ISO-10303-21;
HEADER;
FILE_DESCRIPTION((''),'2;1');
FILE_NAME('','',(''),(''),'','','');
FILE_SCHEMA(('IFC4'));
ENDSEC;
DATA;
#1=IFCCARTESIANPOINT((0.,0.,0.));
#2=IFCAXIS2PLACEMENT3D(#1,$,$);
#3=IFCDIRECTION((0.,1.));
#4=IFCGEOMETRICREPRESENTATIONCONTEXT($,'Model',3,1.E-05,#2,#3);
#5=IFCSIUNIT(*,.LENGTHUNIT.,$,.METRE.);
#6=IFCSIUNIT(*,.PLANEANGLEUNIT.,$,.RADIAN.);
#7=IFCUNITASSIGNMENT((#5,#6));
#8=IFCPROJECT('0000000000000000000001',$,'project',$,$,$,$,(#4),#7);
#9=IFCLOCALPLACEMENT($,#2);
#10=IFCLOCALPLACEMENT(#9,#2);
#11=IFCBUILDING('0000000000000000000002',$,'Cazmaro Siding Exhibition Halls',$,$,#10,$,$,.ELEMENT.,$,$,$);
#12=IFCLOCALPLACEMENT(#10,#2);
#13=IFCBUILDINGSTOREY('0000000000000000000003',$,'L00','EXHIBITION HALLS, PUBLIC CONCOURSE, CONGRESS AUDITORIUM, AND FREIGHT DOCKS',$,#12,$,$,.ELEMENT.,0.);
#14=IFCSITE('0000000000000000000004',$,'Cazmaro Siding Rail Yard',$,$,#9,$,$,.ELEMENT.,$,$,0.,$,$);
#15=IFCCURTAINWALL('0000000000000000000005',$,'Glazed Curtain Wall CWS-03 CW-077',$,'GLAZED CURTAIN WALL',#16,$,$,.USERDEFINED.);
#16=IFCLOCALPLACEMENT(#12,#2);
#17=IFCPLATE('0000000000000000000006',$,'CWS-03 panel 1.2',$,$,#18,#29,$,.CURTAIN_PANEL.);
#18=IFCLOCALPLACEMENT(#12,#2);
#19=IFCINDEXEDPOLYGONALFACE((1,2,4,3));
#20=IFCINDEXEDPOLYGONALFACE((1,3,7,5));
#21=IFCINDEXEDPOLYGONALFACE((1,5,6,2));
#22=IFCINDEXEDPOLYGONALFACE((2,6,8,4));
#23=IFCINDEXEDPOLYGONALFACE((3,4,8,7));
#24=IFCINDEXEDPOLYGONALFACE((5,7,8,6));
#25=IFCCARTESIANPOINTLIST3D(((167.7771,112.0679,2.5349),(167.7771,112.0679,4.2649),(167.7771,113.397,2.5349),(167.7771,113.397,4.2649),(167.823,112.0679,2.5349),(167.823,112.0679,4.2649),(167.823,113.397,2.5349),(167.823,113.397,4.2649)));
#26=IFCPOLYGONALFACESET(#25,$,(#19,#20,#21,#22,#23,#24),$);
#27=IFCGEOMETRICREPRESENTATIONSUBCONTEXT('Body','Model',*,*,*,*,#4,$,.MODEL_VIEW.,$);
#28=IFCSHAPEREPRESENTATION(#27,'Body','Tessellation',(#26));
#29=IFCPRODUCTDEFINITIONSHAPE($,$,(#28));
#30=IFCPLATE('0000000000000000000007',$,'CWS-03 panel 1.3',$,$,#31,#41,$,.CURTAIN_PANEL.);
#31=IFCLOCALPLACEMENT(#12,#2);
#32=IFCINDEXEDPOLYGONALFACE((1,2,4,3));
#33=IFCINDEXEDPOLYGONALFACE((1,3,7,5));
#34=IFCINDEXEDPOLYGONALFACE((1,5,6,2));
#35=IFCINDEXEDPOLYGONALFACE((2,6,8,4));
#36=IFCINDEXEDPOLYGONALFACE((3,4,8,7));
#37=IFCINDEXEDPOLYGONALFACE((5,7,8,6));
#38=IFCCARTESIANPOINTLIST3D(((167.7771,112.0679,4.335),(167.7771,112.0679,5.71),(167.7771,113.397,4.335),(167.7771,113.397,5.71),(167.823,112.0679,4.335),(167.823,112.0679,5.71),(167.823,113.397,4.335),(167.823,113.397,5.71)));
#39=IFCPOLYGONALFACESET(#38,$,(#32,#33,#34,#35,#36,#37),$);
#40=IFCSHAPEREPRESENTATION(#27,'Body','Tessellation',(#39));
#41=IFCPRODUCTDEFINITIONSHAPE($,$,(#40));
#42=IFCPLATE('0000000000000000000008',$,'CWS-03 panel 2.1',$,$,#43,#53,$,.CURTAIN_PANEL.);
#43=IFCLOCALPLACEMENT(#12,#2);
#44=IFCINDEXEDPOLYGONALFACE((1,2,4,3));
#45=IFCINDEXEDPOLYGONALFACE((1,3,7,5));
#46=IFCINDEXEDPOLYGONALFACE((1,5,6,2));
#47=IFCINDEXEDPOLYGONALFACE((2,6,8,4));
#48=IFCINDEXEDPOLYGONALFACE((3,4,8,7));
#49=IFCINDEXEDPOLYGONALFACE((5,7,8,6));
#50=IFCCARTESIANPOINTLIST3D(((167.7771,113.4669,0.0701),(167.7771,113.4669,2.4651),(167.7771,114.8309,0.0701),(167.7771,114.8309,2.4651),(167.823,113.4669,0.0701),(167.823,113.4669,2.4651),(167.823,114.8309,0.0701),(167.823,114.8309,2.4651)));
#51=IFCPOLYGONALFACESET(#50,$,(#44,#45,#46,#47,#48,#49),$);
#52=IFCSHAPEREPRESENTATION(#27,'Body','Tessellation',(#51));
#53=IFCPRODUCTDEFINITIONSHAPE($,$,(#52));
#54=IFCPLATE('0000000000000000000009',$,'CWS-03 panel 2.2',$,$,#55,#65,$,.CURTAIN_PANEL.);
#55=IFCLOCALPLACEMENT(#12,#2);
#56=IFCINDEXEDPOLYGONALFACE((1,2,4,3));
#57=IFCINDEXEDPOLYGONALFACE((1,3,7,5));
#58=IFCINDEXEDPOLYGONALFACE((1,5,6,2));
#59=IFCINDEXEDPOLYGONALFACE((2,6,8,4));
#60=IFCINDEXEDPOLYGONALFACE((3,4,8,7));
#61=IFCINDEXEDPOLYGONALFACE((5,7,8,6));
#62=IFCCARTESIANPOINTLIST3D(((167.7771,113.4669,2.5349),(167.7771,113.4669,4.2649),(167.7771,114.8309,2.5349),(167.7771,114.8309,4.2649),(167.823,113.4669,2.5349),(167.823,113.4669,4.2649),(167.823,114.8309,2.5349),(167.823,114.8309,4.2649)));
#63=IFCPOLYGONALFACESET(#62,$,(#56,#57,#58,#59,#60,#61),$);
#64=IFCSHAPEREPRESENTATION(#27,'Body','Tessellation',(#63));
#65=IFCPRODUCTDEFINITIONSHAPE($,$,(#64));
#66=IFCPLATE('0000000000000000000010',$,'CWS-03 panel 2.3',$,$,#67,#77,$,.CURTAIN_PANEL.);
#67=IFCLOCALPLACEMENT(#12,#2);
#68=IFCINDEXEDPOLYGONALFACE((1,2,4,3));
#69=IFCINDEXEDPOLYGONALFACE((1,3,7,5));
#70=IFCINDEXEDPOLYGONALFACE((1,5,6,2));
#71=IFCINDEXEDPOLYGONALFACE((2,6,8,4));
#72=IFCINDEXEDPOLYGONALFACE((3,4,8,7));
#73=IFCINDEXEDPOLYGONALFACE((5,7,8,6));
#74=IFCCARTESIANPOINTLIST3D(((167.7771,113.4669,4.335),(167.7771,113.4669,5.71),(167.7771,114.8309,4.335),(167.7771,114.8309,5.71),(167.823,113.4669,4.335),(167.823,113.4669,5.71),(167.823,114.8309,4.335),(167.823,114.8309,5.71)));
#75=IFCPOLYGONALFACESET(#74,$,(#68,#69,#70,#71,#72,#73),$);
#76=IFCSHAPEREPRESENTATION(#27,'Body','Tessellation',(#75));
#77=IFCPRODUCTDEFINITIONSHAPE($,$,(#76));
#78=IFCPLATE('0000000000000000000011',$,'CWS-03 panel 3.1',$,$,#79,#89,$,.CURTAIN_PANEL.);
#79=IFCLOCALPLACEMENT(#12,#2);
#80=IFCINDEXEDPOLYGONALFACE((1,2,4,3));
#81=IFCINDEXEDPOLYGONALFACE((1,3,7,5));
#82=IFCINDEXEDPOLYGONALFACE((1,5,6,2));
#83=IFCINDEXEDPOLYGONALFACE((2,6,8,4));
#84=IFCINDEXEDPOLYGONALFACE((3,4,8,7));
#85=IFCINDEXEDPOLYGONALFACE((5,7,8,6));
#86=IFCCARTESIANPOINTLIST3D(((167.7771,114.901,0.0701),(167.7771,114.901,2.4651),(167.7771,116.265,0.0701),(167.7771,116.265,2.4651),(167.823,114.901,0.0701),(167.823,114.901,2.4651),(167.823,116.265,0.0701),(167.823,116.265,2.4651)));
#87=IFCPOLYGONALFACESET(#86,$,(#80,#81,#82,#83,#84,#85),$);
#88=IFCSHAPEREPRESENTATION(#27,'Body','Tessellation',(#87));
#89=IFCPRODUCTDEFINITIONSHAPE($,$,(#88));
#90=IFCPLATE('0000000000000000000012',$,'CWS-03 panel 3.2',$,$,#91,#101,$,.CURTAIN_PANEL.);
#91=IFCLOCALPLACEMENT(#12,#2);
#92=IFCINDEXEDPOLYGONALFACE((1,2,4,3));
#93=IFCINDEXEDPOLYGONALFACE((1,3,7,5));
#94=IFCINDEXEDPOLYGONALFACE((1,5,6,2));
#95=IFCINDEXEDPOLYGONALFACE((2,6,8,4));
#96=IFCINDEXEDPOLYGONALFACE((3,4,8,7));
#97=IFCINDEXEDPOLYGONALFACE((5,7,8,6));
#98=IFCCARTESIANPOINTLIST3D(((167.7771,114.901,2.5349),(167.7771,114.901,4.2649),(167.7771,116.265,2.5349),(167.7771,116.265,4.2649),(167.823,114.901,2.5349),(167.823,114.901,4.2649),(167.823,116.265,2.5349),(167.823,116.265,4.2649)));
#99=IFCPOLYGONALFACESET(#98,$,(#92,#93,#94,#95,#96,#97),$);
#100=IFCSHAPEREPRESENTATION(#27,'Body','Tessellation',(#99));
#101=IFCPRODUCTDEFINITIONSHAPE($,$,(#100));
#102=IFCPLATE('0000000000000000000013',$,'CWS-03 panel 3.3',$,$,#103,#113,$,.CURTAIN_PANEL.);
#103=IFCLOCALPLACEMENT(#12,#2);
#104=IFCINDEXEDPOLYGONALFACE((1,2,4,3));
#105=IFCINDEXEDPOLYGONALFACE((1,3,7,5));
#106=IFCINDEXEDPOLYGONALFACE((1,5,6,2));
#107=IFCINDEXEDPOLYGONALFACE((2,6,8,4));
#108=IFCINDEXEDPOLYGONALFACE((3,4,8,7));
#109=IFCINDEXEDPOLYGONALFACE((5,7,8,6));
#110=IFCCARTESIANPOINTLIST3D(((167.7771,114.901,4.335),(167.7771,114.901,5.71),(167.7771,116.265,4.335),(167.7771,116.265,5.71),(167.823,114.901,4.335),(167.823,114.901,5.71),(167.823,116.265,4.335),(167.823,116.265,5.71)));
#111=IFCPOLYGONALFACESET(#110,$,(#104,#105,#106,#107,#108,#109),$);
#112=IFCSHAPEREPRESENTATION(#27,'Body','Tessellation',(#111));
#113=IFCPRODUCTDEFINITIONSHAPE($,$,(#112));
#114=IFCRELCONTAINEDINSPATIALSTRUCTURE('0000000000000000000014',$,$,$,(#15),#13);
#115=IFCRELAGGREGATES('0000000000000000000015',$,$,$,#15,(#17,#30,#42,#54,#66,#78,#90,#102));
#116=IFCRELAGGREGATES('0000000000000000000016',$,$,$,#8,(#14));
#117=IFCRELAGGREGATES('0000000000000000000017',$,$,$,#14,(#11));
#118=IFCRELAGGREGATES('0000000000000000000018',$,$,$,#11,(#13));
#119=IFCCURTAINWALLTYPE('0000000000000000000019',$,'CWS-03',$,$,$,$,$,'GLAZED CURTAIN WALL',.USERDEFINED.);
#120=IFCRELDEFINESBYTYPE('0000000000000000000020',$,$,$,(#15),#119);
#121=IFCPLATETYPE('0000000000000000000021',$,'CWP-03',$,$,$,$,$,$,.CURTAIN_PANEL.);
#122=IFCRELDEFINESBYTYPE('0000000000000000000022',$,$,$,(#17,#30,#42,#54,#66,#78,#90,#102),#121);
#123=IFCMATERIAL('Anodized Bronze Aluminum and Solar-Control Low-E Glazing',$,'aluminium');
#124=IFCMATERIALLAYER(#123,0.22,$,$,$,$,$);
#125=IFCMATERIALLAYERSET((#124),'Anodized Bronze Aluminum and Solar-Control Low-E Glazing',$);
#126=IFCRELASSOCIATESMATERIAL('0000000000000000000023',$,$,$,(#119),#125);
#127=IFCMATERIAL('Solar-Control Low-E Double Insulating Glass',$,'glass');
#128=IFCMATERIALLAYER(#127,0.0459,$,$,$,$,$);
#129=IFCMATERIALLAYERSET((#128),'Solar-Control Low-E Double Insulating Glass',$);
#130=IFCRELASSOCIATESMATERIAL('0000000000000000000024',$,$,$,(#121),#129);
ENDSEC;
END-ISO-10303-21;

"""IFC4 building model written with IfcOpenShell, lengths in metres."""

from ifc_helpers import new_model, si_unit, direction, frame, origin, origin_2d, place, context, subcontext, project, spatial, rectangle, extrude, material, layer, layer_set, type_object, element, aggregate, save


model = new_model("IFC4")

# Units and contexts
model_context = context("Model", 3, precision=1e-05, world=origin(), true_north=direction((0.0, 1.0)))
body_context = subcontext(model_context, "Body", "Model", "MODEL_VIEW")
ifc_project = project(units=[si_unit("LENGTHUNIT", "METRE"), si_unit("PLANEANGLEUNIT", "RADIAN")], contexts=[model_context])

# Site, building, storey
site_placement = place(None, origin())
site = spatial("IfcSite", under=ifc_project, at=site_placement, Name="Cazmaro Siding Rail Yard", CompositionType="ELEMENT", RefElevation=0.0)
building_placement = place(site_placement, origin())
building = spatial("IfcBuilding", under=site, at=building_placement, Name="Cazmaro Siding Exhibition Halls", CompositionType="ELEMENT")
storey_placement = place(building_placement, origin())
storey = spatial("IfcBuildingStorey", under=building, at=storey_placement, Name="L00", Description="EXHIBITION HALLS, PUBLIC CONCOURSE, CONGRESS AUDITORIUM, AND FREIGHT DOCKS", CompositionType="ELEMENT", Elevation=0.0)

# Shared definitions
ifc_material_1 = material(Name="Anodized Bronze Aluminum and Solar-Control Low-E Glazing", Category="aluminium")
ifc_layer_1 = layer(ifc_material_1, 0.22)
ifc_layer_set_1 = layer_set([ifc_layer_1], Name="Anodized Bronze Aluminum and Solar-Control Low-E Glazing")
curtain_wall_type = type_object("IfcCurtainWallType", Name="CWS-03", ElementType="GLAZED CURTAIN WALL", PredefinedType="USERDEFINED", material=ifc_layer_set_1)

# Curtain wall
curtain_wall_1_placement = place(storey_placement, origin())
curtain_wall_1 = element("IfcCurtainWall", 1, at=curtain_wall_1_placement, inside=storey, type_object=curtain_wall_type, Name="Glazed Curtain Wall CWS-03 CW-077", ObjectType="GLAZED CURTAIN WALL", PredefinedType="USERDEFINED")

# Plates
ifc_material_2 = material(Name="Solar-Control Low-E Double Insulating Glass", Category="glass")
ifc_layer_2 = layer(ifc_material_2, 0.0459)
ifc_layer_set_2 = layer_set([ifc_layer_2], Name="Solar-Control Low-E Double Insulating Glass")
plate_type = type_object("IfcPlateType", Name="CWP-03", PredefinedType="CURTAIN_PANEL", material=ifc_layer_set_2)
plate_1_placement = place(storey_placement, frame((167.8, 112.7324, 2.5349), z_axis=(0.0, 0.0, 1.0), x_axis=(0.0, 1.0, 0.0)))
plate_1 = element("IfcPlate", 2, at=plate_1_placement, type_object=plate_type, Name="CWS-03 panel 1.2", PredefinedType="CURTAIN_PANEL", context=body_context, shape_type="SweptSolid", body=[
    extrude(rectangle(XDim=1.3291, YDim=0.0459, at=origin_2d()), origin(), (0.0, 0.0, 1.0), 1.73),
])
plate_2_placement = place(storey_placement, frame((167.8, 112.7324, 4.335), z_axis=(0.0, 0.0, 1.0), x_axis=(0.0, 1.0, 0.0)))
plate_2 = element("IfcPlate", 3, at=plate_2_placement, type_object=plate_type, Name="CWS-03 panel 1.3", PredefinedType="CURTAIN_PANEL", context=body_context, shape_type="SweptSolid", body=[
    extrude(rectangle(XDim=1.3291, YDim=0.0459, at=origin_2d()), origin(), (0.0, 0.0, 1.0), 1.375),
])
plate_3_placement = place(storey_placement, frame((167.8, 114.1489, 0.0701), z_axis=(0.0, 0.0, 1.0), x_axis=(0.0, 1.0, 0.0)))
plate_3 = element("IfcPlate", 4, at=plate_3_placement, type_object=plate_type, Name="CWS-03 panel 2.1", PredefinedType="CURTAIN_PANEL", context=body_context, shape_type="SweptSolid", body=[
    extrude(rectangle(XDim=1.364, YDim=0.0459, at=origin_2d()), origin(), (0.0, 0.0, 1.0), 2.395),
])
plate_4_placement = place(storey_placement, frame((167.8, 114.1489, 2.5349), z_axis=(0.0, 0.0, 1.0), x_axis=(0.0, 1.0, 0.0)))
plate_4 = element("IfcPlate", 5, at=plate_4_placement, type_object=plate_type, Name="CWS-03 panel 2.2", PredefinedType="CURTAIN_PANEL", context=body_context, shape_type="SweptSolid", body=[
    extrude(rectangle(XDim=1.364, YDim=0.0459, at=origin_2d()), origin(), (0.0, 0.0, 1.0), 1.73),
])
plate_5_placement = place(storey_placement, frame((167.8, 114.1489, 4.335), z_axis=(0.0, 0.0, 1.0), x_axis=(0.0, 1.0, 0.0)))
plate_5 = element("IfcPlate", 6, at=plate_5_placement, type_object=plate_type, Name="CWS-03 panel 2.3", PredefinedType="CURTAIN_PANEL", context=body_context, shape_type="SweptSolid", body=[
    extrude(rectangle(XDim=1.364, YDim=0.0459, at=origin_2d()), origin(), (0.0, 0.0, 1.0), 1.375),
])
plate_6_placement = place(storey_placement, frame((167.8, 115.583, 0.0701), z_axis=(0.0, 0.0, 1.0), x_axis=(0.0, 1.0, 0.0)))
plate_6 = element("IfcPlate", 7, at=plate_6_placement, type_object=plate_type, Name="CWS-03 panel 3.1", PredefinedType="CURTAIN_PANEL", context=body_context, shape_type="SweptSolid", body=[
    extrude(rectangle(XDim=1.364, YDim=0.0459, at=origin_2d()), origin(), (0.0, 0.0, 1.0), 2.395),
])
plate_7_placement = place(storey_placement, frame((167.8, 115.583, 2.5349), z_axis=(0.0, 0.0, 1.0), x_axis=(0.0, 1.0, 0.0)))
plate_7 = element("IfcPlate", 8, at=plate_7_placement, type_object=plate_type, Name="CWS-03 panel 3.2", PredefinedType="CURTAIN_PANEL", context=body_context, shape_type="SweptSolid", body=[
    extrude(rectangle(XDim=1.364, YDim=0.0459, at=origin_2d()), origin(), (0.0, 0.0, 1.0), 1.73),
])
plate_8_placement = place(storey_placement, frame((167.8, 115.583, 4.335), z_axis=(0.0, 0.0, 1.0), x_axis=(0.0, 1.0, 0.0)))
plate_8 = element("IfcPlate", 9, at=plate_8_placement, type_object=plate_type, Name="CWS-03 panel 3.3", PredefinedType="CURTAIN_PANEL", context=body_context, shape_type="SweptSolid", body=[
    extrude(rectangle(XDim=1.364, YDim=0.0459, at=origin_2d()), origin(), (0.0, 0.0, 1.0), 1.375),
])
aggregate(curtain_wall_1, [plate_1, plate_2, plate_3, plate_4, plate_5, plate_6, plate_7, plate_8])

save(model, "model.ifc")
